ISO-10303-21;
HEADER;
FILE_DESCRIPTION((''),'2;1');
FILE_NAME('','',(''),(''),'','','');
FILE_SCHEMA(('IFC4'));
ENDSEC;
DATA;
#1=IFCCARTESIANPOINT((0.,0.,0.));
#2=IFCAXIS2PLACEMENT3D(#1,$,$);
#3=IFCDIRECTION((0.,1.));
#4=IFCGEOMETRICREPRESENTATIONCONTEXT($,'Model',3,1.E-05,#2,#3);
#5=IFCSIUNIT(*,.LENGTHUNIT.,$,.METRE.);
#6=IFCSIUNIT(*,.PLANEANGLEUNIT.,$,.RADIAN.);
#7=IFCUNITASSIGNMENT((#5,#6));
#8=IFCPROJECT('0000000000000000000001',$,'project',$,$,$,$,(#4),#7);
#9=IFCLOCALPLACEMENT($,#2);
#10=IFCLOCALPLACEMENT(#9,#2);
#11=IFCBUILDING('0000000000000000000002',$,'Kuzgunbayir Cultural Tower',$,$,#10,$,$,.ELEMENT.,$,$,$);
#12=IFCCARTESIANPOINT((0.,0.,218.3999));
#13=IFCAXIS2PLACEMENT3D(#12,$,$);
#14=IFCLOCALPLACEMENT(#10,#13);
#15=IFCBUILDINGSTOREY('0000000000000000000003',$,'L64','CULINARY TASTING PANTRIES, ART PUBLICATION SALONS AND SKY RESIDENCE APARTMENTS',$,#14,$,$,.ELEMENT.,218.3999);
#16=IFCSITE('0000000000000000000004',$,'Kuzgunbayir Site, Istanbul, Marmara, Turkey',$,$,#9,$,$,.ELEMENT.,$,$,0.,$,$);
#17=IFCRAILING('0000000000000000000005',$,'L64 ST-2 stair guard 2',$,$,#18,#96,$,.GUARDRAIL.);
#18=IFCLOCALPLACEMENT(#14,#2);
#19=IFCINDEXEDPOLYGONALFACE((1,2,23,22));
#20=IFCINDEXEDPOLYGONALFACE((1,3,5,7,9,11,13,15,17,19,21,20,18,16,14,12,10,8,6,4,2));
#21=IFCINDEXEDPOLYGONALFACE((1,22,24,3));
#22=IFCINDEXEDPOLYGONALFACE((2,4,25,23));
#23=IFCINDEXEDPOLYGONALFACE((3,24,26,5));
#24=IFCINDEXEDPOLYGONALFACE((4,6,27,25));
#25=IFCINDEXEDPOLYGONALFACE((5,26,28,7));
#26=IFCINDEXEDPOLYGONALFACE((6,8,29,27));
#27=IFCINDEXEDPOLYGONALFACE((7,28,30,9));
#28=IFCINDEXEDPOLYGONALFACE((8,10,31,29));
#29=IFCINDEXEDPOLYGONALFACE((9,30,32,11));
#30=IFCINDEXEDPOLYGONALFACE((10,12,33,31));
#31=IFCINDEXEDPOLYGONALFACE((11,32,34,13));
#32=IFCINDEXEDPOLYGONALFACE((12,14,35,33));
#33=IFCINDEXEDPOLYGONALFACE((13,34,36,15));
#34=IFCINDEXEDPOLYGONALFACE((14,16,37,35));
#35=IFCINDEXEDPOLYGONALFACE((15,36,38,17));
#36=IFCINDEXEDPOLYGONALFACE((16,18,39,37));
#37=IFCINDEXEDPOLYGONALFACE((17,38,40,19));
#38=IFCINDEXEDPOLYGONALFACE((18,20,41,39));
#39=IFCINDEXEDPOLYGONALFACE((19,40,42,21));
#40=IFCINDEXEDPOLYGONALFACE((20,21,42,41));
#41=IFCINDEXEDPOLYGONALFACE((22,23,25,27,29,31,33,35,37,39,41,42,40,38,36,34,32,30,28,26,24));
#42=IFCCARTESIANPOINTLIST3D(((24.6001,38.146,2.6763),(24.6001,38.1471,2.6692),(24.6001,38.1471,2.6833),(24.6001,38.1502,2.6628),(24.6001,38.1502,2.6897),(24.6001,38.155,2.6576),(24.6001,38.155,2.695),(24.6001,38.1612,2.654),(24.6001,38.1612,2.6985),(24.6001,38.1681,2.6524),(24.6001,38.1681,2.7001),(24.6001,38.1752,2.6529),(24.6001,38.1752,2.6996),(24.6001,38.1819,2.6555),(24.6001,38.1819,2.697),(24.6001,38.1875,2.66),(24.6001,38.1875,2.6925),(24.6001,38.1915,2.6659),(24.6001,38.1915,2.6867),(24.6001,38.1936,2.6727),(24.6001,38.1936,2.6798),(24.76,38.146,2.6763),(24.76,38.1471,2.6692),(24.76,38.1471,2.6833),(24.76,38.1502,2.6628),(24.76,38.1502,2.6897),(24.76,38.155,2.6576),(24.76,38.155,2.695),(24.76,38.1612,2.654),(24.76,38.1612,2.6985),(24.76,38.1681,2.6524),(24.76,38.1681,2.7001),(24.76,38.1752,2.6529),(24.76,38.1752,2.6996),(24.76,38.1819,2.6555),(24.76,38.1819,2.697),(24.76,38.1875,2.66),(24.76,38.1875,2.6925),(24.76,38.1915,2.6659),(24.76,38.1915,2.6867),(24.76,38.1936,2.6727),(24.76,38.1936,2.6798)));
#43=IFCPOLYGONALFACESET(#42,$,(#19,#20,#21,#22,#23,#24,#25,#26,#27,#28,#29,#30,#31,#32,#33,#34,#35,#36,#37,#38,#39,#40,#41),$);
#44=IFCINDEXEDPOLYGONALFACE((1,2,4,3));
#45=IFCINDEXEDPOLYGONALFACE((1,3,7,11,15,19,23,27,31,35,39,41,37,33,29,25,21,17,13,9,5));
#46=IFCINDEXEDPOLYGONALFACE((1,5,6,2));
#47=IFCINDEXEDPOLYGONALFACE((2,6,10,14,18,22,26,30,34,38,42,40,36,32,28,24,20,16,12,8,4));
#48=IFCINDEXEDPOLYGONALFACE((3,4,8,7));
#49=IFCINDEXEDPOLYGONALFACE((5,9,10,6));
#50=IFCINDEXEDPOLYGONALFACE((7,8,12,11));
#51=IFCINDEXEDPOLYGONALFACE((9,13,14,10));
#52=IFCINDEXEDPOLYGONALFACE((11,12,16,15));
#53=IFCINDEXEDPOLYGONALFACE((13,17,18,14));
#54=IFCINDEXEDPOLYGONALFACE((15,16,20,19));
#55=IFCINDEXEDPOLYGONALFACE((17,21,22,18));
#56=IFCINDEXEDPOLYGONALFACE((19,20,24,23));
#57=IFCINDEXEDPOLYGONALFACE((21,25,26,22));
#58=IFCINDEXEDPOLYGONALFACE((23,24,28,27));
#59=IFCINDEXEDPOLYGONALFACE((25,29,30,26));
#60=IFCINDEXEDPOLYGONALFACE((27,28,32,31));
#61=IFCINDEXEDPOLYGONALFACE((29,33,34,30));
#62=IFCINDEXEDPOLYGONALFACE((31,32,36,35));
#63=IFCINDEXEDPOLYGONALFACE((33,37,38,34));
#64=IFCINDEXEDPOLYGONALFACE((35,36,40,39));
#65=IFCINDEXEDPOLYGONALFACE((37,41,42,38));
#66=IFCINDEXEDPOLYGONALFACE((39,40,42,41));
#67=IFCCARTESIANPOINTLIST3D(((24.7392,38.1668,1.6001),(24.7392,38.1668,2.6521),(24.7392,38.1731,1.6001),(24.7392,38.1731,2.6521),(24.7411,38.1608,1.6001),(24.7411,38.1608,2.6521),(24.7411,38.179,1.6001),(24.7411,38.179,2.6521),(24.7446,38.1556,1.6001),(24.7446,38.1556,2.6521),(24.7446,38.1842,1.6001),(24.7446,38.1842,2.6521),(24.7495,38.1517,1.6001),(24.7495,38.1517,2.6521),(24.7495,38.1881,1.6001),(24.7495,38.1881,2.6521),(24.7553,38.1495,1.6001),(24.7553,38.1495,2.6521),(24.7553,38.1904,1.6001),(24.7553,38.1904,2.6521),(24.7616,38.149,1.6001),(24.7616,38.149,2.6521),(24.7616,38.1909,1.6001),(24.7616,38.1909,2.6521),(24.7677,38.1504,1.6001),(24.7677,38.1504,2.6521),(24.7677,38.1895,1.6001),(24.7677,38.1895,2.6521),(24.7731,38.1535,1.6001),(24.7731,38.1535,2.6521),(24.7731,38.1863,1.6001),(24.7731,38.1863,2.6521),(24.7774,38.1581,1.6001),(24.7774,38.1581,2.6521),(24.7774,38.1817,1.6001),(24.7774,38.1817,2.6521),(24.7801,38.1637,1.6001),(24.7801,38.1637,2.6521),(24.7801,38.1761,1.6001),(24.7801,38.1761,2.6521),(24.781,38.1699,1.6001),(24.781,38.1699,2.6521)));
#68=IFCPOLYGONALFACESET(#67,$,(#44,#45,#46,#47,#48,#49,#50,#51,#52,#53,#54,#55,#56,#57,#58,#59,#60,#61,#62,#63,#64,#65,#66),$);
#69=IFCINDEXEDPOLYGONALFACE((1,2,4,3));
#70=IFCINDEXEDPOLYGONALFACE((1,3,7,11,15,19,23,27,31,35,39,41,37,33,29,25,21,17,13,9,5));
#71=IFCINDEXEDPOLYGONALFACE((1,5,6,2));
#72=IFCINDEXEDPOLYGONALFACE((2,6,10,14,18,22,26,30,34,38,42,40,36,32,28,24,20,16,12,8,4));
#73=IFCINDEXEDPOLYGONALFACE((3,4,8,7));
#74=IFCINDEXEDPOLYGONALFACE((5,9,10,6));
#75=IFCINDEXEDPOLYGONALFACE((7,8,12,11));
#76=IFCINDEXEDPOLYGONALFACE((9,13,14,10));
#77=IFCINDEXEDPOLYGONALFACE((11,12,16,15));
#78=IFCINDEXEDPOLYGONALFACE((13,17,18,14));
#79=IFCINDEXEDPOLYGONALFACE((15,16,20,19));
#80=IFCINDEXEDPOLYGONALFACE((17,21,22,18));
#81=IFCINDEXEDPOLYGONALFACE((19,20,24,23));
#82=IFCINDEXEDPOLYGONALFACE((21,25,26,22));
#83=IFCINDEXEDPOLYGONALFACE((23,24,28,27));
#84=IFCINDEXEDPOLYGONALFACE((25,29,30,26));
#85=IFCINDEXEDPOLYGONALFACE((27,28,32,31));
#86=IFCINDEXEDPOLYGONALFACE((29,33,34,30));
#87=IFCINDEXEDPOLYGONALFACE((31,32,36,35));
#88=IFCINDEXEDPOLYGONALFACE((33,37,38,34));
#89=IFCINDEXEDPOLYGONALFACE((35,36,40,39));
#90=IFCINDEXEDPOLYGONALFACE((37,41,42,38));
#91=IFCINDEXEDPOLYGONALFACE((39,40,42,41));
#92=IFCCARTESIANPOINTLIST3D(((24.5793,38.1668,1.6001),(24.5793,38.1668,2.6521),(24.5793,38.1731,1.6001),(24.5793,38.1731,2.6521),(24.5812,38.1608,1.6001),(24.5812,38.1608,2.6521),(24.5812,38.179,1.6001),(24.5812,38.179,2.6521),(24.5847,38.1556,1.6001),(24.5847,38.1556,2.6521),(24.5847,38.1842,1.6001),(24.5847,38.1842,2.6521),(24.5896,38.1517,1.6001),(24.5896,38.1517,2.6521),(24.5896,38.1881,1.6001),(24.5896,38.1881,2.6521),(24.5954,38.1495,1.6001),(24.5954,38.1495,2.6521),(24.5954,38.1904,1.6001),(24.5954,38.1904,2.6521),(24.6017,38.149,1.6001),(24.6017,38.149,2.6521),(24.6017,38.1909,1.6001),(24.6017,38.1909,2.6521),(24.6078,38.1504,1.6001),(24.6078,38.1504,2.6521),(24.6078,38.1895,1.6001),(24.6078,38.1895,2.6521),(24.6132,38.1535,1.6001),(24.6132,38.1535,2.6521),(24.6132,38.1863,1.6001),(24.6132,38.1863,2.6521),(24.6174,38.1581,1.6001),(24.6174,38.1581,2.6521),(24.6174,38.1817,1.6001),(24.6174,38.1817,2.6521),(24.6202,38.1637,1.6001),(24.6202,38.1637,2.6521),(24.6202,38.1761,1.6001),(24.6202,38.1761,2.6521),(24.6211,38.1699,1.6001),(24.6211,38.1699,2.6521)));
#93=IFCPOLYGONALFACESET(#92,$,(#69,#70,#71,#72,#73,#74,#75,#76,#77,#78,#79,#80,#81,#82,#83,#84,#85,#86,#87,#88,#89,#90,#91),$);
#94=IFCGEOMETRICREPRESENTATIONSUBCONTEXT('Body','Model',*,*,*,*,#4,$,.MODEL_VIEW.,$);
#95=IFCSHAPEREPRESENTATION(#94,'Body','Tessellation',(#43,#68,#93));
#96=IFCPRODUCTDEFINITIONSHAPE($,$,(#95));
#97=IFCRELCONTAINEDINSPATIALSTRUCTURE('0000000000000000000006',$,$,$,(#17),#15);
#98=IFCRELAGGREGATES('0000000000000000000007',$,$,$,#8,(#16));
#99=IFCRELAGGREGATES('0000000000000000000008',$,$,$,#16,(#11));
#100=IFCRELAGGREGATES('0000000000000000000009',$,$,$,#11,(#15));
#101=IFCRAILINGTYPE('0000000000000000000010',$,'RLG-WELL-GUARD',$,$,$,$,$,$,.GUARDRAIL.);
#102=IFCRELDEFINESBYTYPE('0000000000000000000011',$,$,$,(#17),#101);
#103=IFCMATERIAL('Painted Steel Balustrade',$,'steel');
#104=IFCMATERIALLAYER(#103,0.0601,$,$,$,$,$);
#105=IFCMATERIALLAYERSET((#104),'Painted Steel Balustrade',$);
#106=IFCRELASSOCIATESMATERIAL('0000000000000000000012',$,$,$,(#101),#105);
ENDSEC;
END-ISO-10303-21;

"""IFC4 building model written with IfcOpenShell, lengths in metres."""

from ifc_helpers import new_model, si_unit, direction, frame, origin, origin_2d, place, context, subcontext, project, spatial, circle, extrude, material, layer, layer_set, type_object, element, save


model = new_model("IFC4")

# Units and contexts
model_context = context("Model", 3, precision=1e-05, world=origin(), true_north=direction((0.0, 1.0)))
body_context = subcontext(model_context, "Body", "Model", "MODEL_VIEW")
ifc_project = project(units=[si_unit("LENGTHUNIT", "METRE"), si_unit("PLANEANGLEUNIT", "RADIAN")], contexts=[model_context])

# Site, building, storey
site_placement = place(None, origin())
site = spatial("IfcSite", under=ifc_project, at=site_placement, Name="Kuzgunbayir Site, Istanbul, Marmara, Turkey", CompositionType="ELEMENT", RefElevation=0.0)
building_placement = place(site_placement, origin())
building = spatial("IfcBuilding", under=site, at=building_placement, Name="Kuzgunbayir Cultural Tower", CompositionType="ELEMENT")
storey_placement = place(building_placement, frame((0.0, 0.0, 218.3999)))
storey = spatial("IfcBuildingStorey", under=building, at=storey_placement, Name="L64", Description="CULINARY TASTING PANTRIES, ART PUBLICATION SALONS AND SKY RESIDENCE APARTMENTS", CompositionType="ELEMENT", Elevation=218.3999)

# Railing
ifc_material_1 = material(Name="Painted Steel Balustrade", Category="steel")
ifc_layer_1 = layer(ifc_material_1, 0.0601)
ifc_layer_set_1 = layer_set([ifc_layer_1], Name="Painted Steel Balustrade")
railing_type_1 = type_object("IfcRailingType", Name="RLG-WELL-GUARD", PredefinedType="GUARDRAIL", material=ifc_layer_set_1)
railing_1_placement = place(storey_placement, frame((24.76, 38.1699, 1.6001)))
element("IfcRailing", 1, at=railing_1_placement, inside=storey, type_object=railing_type_1, Name="L64 ST-2 stair guard 2", PredefinedType="GUARDRAIL", context=body_context, shape_type="SweptSolid", body=[
    extrude(circle(Radius=0.0239, at=origin_2d()), frame((0.0, 0.0, 1.0762), z_axis=(-1.0, 0.0, 0.0), x_axis=(0.0, -1.0, 0.0)), (0.0, 0.0, 1.0), 0.1599),
    extrude(circle(Radius=0.021, at=origin_2d()), origin(), (0.0, 0.0, 1.0), 1.052),
    extrude(circle(Radius=0.021, at=origin_2d()), frame((-0.1599, 0.0, 0.0)), (0.0, 0.0, 1.0), 1.052),
])

save(model, "model.ifc")
